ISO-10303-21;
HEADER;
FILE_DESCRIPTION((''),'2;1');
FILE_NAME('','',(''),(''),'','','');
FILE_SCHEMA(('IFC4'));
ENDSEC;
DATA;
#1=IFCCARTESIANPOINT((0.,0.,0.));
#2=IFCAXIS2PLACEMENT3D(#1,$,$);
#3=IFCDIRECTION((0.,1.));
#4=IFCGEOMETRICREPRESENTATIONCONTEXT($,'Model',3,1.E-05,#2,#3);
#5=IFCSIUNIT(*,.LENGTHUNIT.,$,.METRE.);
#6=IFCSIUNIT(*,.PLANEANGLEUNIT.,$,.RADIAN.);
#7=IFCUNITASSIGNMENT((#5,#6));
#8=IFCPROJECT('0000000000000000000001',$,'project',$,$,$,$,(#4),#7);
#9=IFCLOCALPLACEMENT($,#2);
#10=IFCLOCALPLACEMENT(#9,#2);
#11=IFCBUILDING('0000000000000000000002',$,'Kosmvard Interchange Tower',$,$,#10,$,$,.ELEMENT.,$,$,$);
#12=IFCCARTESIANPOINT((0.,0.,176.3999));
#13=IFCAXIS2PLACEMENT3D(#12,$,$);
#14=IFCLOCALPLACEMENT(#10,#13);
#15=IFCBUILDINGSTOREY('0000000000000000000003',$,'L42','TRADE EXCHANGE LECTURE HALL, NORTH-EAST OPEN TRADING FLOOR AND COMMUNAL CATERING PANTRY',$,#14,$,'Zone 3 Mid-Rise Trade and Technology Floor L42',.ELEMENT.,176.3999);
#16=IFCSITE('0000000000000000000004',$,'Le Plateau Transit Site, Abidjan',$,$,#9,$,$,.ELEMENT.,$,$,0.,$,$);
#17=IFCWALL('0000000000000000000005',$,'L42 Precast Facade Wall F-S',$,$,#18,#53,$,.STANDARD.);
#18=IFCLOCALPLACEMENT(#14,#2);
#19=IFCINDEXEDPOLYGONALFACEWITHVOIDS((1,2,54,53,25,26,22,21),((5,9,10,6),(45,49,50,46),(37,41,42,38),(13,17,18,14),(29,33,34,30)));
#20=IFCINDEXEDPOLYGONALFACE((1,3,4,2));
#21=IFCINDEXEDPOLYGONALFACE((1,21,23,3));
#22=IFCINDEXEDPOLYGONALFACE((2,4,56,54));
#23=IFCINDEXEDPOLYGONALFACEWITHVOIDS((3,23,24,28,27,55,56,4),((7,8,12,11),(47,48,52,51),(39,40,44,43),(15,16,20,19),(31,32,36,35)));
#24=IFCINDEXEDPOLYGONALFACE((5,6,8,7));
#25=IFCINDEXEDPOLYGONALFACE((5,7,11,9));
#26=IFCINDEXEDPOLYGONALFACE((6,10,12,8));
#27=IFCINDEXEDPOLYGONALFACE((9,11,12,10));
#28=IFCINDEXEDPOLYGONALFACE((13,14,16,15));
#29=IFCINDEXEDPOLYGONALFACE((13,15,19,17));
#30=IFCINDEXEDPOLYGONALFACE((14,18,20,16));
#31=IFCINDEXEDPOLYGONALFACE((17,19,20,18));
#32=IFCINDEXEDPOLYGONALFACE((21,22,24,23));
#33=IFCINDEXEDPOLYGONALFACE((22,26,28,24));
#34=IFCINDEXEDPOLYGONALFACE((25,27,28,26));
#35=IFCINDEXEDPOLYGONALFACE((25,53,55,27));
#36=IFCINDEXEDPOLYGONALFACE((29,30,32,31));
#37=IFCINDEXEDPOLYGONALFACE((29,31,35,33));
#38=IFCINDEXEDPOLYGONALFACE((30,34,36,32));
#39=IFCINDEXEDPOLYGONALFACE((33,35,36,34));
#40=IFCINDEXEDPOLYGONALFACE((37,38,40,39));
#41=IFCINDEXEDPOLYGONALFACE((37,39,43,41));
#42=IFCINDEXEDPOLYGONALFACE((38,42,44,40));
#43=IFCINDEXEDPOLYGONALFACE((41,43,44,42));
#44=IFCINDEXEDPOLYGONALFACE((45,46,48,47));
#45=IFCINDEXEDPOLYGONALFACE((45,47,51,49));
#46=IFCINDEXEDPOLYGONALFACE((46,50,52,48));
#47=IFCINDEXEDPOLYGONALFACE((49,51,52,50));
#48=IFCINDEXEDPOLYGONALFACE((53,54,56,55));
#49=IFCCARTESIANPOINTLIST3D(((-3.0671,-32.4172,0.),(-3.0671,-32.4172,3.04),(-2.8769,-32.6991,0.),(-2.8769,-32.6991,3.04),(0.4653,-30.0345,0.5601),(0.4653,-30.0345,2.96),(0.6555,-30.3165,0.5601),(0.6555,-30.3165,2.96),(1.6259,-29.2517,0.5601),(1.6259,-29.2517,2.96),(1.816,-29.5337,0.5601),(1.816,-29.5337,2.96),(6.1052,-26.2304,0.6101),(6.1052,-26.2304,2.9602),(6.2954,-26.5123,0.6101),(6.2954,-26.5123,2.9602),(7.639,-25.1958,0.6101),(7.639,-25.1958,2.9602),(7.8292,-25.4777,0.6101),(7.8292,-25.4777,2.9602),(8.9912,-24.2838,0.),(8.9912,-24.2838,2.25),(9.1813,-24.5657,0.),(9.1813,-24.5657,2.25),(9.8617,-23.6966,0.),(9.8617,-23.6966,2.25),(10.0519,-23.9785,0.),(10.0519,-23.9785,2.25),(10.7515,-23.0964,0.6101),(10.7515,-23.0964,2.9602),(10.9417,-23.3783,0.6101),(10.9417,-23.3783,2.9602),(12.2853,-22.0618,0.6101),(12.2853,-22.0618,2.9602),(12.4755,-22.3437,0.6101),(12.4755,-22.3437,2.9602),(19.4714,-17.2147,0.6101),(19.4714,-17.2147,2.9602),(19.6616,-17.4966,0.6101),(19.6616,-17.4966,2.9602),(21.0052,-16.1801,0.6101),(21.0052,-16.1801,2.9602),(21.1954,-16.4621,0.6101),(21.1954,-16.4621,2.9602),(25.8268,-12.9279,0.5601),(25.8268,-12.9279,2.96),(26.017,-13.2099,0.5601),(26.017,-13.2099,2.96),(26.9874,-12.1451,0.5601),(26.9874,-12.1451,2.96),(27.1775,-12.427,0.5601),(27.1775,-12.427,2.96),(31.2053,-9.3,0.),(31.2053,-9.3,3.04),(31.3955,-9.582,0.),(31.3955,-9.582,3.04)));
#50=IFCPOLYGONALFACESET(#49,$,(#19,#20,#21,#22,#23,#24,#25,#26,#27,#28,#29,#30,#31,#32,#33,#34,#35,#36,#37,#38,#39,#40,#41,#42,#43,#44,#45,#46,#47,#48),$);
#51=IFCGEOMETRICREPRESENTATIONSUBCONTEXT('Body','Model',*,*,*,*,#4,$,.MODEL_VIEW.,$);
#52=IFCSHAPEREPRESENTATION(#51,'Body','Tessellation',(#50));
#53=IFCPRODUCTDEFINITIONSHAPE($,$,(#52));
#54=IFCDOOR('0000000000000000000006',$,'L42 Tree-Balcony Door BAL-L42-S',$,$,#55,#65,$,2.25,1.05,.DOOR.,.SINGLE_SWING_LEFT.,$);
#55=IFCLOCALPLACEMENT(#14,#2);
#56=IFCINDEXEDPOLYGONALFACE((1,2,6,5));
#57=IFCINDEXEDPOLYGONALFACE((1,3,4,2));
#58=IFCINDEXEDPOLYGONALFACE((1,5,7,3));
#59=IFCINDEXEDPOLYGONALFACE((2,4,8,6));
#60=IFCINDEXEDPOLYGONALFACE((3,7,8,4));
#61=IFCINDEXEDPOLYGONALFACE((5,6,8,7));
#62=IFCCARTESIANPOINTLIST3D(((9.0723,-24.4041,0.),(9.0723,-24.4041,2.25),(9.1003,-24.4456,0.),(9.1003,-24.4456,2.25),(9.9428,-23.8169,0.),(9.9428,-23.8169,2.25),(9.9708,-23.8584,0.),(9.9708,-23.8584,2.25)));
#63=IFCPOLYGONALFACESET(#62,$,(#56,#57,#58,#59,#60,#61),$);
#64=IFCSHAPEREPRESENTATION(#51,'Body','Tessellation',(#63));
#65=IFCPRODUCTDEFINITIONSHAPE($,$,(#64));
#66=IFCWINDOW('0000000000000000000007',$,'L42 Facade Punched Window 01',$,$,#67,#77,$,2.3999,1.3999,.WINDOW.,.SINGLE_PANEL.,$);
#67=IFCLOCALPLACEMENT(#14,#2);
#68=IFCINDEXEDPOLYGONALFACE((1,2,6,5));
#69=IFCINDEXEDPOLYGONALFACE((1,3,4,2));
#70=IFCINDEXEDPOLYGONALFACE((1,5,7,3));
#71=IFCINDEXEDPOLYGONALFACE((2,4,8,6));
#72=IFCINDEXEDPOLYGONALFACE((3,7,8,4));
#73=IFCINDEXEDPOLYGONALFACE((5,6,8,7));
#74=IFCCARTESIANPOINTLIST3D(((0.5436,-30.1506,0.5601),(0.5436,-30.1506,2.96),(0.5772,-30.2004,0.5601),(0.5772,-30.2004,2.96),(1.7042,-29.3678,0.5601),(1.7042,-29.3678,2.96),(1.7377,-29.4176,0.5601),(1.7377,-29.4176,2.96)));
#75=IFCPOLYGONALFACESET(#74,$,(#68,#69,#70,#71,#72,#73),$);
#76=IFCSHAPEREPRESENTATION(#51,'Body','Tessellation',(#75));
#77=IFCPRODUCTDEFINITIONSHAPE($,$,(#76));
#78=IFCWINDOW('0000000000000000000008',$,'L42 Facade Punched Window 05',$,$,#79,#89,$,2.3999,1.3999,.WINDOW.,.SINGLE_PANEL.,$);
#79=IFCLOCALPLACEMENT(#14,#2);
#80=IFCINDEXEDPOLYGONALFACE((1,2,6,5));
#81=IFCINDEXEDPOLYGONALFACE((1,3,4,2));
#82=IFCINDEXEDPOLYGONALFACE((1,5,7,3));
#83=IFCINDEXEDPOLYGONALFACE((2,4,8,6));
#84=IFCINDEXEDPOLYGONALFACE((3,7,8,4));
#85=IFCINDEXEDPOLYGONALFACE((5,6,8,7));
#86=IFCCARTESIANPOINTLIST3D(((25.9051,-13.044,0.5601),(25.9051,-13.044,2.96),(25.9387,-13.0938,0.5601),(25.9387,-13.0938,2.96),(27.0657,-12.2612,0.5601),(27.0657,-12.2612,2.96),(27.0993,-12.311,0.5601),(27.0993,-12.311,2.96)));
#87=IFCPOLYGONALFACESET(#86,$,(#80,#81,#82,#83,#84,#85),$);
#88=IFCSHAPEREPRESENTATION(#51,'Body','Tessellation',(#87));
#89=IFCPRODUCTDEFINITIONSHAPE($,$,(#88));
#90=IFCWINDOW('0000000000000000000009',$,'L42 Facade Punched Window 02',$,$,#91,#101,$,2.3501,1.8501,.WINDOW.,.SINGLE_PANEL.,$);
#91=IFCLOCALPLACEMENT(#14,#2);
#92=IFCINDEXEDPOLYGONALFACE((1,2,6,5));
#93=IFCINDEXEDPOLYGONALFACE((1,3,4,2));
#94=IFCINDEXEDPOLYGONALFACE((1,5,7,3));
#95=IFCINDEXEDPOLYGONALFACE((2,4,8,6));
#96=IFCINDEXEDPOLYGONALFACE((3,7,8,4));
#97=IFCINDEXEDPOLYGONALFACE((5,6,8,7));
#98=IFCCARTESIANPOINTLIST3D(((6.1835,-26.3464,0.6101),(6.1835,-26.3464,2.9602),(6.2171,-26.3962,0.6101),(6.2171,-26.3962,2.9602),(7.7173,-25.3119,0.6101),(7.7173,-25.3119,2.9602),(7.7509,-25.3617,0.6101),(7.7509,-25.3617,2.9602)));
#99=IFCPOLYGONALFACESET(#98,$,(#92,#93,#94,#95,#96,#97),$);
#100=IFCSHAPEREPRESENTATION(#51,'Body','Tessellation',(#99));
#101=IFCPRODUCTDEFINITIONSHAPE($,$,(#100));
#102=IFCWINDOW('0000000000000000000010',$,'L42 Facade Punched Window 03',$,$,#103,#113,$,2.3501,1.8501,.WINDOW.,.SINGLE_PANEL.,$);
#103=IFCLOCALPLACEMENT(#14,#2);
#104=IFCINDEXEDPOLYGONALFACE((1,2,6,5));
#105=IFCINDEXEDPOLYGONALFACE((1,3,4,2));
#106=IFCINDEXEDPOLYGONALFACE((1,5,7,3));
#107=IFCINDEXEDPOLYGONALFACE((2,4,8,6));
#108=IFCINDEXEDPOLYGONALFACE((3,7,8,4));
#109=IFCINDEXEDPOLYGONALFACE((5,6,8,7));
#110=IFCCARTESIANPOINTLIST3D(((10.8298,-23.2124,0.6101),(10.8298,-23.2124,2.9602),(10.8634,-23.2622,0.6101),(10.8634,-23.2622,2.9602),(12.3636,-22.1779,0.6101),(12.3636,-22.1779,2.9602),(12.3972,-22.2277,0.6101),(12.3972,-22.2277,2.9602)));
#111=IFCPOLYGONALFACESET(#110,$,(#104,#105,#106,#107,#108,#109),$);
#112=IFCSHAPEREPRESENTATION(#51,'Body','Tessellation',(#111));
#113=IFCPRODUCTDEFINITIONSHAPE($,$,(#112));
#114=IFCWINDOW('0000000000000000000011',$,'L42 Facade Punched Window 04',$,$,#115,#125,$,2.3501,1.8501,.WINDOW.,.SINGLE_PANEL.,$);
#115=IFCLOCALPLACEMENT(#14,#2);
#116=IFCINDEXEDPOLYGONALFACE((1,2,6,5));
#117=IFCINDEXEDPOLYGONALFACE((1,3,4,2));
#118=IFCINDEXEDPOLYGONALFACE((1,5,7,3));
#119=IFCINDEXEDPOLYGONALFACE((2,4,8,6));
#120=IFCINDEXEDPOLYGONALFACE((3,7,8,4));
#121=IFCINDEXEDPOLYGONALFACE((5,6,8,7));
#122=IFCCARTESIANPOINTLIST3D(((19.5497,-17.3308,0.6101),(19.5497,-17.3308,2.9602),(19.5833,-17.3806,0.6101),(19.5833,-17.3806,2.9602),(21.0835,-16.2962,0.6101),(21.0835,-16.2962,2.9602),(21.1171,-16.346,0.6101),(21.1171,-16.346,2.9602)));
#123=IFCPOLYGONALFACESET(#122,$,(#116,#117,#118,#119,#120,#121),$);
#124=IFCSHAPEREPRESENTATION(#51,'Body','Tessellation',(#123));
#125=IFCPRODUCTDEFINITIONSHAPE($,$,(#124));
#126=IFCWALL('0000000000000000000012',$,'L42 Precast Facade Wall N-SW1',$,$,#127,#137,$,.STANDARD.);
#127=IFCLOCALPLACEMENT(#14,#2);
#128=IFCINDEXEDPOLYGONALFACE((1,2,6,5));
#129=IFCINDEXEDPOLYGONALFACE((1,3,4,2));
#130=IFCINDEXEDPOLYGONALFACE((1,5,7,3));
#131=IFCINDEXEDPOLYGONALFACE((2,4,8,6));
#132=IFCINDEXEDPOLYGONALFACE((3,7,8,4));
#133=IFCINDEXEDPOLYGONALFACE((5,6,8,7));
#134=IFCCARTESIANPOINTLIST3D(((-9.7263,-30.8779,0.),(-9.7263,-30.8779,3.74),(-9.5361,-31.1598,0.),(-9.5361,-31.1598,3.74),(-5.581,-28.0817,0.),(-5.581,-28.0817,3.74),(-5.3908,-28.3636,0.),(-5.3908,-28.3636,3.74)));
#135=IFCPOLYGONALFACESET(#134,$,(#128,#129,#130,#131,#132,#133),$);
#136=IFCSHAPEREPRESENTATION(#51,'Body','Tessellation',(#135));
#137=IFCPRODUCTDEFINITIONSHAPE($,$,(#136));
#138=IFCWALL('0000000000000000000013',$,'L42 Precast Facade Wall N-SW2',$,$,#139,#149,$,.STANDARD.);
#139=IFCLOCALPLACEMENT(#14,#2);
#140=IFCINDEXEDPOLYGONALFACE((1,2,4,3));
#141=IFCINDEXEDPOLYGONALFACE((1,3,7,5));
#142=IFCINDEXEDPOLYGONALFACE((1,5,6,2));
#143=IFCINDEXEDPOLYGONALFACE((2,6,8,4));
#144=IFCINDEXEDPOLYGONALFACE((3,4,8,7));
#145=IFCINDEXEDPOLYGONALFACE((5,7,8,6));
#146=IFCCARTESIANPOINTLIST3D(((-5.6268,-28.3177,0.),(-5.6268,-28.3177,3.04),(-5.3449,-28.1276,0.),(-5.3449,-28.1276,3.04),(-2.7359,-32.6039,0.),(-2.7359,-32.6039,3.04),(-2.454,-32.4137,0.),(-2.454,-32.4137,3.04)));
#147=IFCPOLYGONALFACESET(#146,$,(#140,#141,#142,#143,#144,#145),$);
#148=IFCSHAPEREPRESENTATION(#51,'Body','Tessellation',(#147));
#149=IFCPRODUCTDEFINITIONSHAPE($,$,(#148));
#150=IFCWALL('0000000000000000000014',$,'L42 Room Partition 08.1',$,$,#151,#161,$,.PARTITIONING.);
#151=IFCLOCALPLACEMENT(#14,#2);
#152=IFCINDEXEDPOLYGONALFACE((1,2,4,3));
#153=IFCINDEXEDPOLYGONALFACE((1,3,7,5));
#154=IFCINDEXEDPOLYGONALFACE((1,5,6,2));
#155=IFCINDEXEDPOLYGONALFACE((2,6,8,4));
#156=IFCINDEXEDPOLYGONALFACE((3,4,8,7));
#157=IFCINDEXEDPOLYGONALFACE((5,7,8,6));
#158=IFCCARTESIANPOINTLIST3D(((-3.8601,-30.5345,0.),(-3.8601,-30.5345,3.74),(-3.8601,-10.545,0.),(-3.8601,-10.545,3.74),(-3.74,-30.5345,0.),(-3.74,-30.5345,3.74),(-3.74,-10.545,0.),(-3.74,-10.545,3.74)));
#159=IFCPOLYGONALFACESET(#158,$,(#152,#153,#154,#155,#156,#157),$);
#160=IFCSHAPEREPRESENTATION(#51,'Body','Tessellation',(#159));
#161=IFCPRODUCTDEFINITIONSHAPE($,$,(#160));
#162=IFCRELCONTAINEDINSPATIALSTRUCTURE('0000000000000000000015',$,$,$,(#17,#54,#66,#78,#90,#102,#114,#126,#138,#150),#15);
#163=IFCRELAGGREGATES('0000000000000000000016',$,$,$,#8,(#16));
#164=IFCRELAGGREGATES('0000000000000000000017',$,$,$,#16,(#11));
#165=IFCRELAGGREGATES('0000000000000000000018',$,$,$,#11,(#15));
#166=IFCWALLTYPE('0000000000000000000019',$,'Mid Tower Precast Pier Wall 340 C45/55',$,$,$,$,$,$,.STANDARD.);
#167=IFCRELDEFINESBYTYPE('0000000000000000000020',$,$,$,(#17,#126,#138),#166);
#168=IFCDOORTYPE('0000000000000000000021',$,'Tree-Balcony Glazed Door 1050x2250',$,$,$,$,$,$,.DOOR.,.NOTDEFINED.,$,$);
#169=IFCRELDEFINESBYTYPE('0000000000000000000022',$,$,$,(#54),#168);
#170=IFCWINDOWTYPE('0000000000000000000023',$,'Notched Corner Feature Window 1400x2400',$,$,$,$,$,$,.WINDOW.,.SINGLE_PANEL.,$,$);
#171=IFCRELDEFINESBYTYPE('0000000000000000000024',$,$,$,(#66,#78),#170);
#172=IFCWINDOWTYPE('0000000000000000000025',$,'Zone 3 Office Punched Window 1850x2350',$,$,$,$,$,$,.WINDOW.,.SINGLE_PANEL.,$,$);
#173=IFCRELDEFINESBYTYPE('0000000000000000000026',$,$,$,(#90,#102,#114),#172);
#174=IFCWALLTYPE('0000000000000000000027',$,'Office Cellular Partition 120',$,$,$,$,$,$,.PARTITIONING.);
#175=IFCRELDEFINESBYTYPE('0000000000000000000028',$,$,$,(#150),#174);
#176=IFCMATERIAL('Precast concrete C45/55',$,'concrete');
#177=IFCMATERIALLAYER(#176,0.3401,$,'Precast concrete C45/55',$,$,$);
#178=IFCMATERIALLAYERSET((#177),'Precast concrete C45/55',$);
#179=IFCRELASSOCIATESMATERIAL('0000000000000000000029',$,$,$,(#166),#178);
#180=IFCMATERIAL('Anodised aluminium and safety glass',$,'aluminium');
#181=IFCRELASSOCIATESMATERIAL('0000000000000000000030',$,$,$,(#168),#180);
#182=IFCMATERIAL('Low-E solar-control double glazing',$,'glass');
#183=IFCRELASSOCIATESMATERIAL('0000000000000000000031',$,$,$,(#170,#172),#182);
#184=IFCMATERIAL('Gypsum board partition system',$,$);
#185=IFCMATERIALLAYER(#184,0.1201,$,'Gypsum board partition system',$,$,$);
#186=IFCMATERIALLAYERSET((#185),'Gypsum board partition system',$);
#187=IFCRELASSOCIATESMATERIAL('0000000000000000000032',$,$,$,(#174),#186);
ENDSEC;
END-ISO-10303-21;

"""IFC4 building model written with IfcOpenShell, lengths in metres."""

from ifc_helpers import new_model, si_unit, direction, frame, frame_2d, origin, place, context, subcontext, project, spatial, rectangle, extrude, source, transform, mapped, material, layer, layer_set, type_object, element, fill, save


model = new_model("IFC4")

# Units and contexts
model_context = context("Model", 3, precision=1e-05, world=origin(), true_north=direction((0.0, 1.0)))
body_context = subcontext(model_context, "Body", "Model", "MODEL_VIEW")
ifc_project = project(units=[si_unit("LENGTHUNIT", "METRE"), si_unit("PLANEANGLEUNIT", "RADIAN")], contexts=[model_context])

# Site, building, storey
site_placement = place(None, origin())
site = spatial("IfcSite", under=ifc_project, at=site_placement, Name="Le Plateau Transit Site, Abidjan", CompositionType="ELEMENT", RefElevation=0.0)
building_placement = place(site_placement, origin())
building = spatial("IfcBuilding", under=site, at=building_placement, Name="Kosmvard Interchange Tower", CompositionType="ELEMENT")
storey_placement = place(building_placement, frame((0.0, 0.0, 176.3999)))
storey = spatial("IfcBuildingStorey", under=building, at=storey_placement, Name="L42", Description="TRADE EXCHANGE LECTURE HALL, NORTH-EAST OPEN TRADING FLOOR AND COMMUNAL CATERING PANTRY", LongName="Zone 3 Mid-Rise Trade and Technology Floor L42", CompositionType="ELEMENT", Elevation=176.3999)

# Shared definitions
ifc_material_1 = material(Name="Precast concrete C45/55", Category="concrete")

# Wall, openings, door, windows
ifc_layer_1 = layer(ifc_material_1, 0.3401, Name="Precast concrete C45/55")
ifc_layer_set_1 = layer_set([ifc_layer_1], Name="Precast concrete C45/55")
wall_type_1 = type_object("IfcWallType", Name="Mid Tower Precast Pier Wall 340 C45/55", PredefinedType="STANDARD", material=ifc_layer_set_1)
wall_1_placement = place(storey_placement, frame((-2.9719, -32.5581, 0.0), z_axis=(0.0, 0.0, 1.0), x_axis=(0.829036, 0.559195, 0.0)))
wall_1 = element("IfcWall", 1, at=wall_1_placement, inside=storey, type_object=wall_type_1, Name="L42 Precast Facade Wall F-S", PredefinedType="STANDARD", context=body_context, shape_type="SweptSolid", body=[
    extrude(rectangle(XDim=41.3401, YDim=0.3401, at=frame_2d((20.6699, 0.0))), origin(), (0.0, 0.0, 1.0), 3.04),
])
opening_1_placement = place(wall_1_placement, frame((14.5449, 0.0, 0.0)))
opening_1 = element("IfcOpeningElement", 2, at=opening_1_placement, cuts=wall_1, PredefinedType="OPENING", context=body_context, shape_type="SweptSolid", body=[
    extrude(rectangle(XDim=1.05, YDim=2.25, at=frame_2d((0.5249, 1.125))), frame((0.0, 0.1802, 0.0), z_axis=(0.0, -1.0, 0.0), x_axis=(1.0, 0.0, 0.0)), (0.0, 0.0, 1.0), 0.3601),
])
opening_2_placement = place(wall_1_placement, frame((4.2607, 0.0, 0.5601)))
opening_2 = element("IfcOpeningElement", 3, at=opening_2_placement, cuts=wall_1, PredefinedType="OPENING", context=body_context, shape_type="SweptSolid", body=[
    extrude(rectangle(XDim=1.3999, YDim=2.3999, at=frame_2d((0.7, 1.2))), frame((0.0, 0.1802, 0.0), z_axis=(0.0, -1.0, 0.0), x_axis=(1.0, 0.0, 0.0)), (0.0, 0.0, 1.0), 0.3601),
])
opening_3_placement = place(wall_1_placement, frame((11.0637, 0.0, 0.6101)))
opening_3 = element("IfcOpeningElement", 4, at=opening_3_placement, cuts=wall_1, PredefinedType="OPENING", context=body_context, shape_type="SweptSolid", body=[
    extrude(rectangle(XDim=1.8501, YDim=2.3501, at=frame_2d((0.925, 1.175))), frame((0.0, 0.1802, 0.0), z_axis=(0.0, -1.0, 0.0), x_axis=(1.0, 0.0, 0.0)), (0.0, 0.0, 1.0), 0.3601),
])
opening_4_placement = place(wall_1_placement, frame((16.6682, 0.0, 0.6101)))
opening_4 = element("IfcOpeningElement", 5, at=opening_4_placement, cuts=wall_1, PredefinedType="OPENING", context=body_context, shape_type="SweptSolid", body=[
    extrude(rectangle(XDim=1.8501, YDim=2.3501, at=frame_2d((0.925, 1.175))), frame((0.0, 0.1802, 0.0), z_axis=(0.0, -1.0, 0.0), x_axis=(1.0, 0.0, 0.0)), (0.0, 0.0, 1.0), 0.3601),
])
opening_5_placement = place(wall_1_placement, frame((27.1863, 0.0, 0.6101)))
opening_5 = element("IfcOpeningElement", 6, at=opening_5_placement, cuts=wall_1, PredefinedType="OPENING", context=body_context, shape_type="SweptSolid", body=[
    extrude(rectangle(XDim=1.8501, YDim=2.3501, at=frame_2d((0.925, 1.175))), frame((0.0, 0.1802, 0.0), z_axis=(0.0, -1.0, 0.0), x_axis=(1.0, 0.0, 0.0)), (0.0, 0.0, 1.0), 0.3601),
])
opening_6_placement = place(wall_1_placement, frame((34.8523, 0.0, 0.5601)))
opening_6 = element("IfcOpeningElement", 7, at=opening_6_placement, cuts=wall_1, PredefinedType="OPENING", context=body_context, shape_type="SweptSolid", body=[
    extrude(rectangle(XDim=1.3999, YDim=2.3999, at=frame_2d((0.7, 1.2))), frame((0.0, 0.1802, 0.0), z_axis=(0.0, -1.0, 0.0), x_axis=(1.0, 0.0, 0.0)), (0.0, 0.0, 1.0), 0.3601),
])
ifc_material_2 = material(Name="Anodised aluminium and safety glass", Category="aluminium")
door_type = type_object("IfcDoorType", Name="Tree-Balcony Glazed Door 1050x2250", OperationType="NOTDEFINED", PredefinedType="DOOR", material=ifc_material_2)
shared_shape_1 = source(origin(), body_context, "Body", "SweptSolid", [
    extrude(rectangle(XDim=1.05, YDim=2.25, at=frame_2d((0.5249, 1.125))), frame((0.0, 0.0249, 0.0), z_axis=(0.0, -1.0, 0.0), x_axis=(1.0, 0.0, 0.0)), (0.0, 0.0, 1.0), 0.05),
])
door_placement = place(opening_1_placement, origin())
door = element("IfcDoor", 8, at=door_placement, inside=storey, type_object=door_type, Name="L42 Tree-Balcony Door BAL-L42-S", OperationType="SINGLE_SWING_LEFT", OverallHeight=2.25, OverallWidth=1.05, PredefinedType="DOOR", context=body_context, shape_type="MappedRepresentation", body=[
    mapped(shared_shape_1, transform((0.0, 0.0, 0.0), scale=1.0)),
])
fill(opening_1, door)
ifc_material_3 = material(Name="Low-E solar-control double glazing", Category="glass")
window_type_1 = type_object("IfcWindowType", Name="Notched Corner Feature Window 1400x2400", PartitioningType="SINGLE_PANEL", PredefinedType="WINDOW", material=ifc_material_3)
shared_shape_2 = source(origin(), body_context, "Body", "SweptSolid", [
    extrude(rectangle(XDim=1.3999, YDim=2.3999, at=frame_2d((0.7, 1.2))), frame((0.0, 0.03, 0.0), z_axis=(0.0, -1.0, 0.0), x_axis=(1.0, 0.0, 0.0)), (0.0, 0.0, 1.0), 0.0601),
])
window_1_placement = place(opening_2_placement, origin())
window_1 = element("IfcWindow", 9, at=window_1_placement, inside=storey, type_object=window_type_1, Name="L42 Facade Punched Window 01", OverallHeight=2.3999, OverallWidth=1.3999, PartitioningType="SINGLE_PANEL", PredefinedType="WINDOW", context=body_context, shape_type="MappedRepresentation", body=[
    mapped(shared_shape_2, transform((0.0, 0.0, 0.0), scale=1.0)),
])
fill(opening_2, window_1)
window_2_placement = place(opening_6_placement, origin())
window_2 = element("IfcWindow", 10, at=window_2_placement, inside=storey, type_object=window_type_1, Name="L42 Facade Punched Window 05", OverallHeight=2.3999, OverallWidth=1.3999, PartitioningType="SINGLE_PANEL", PredefinedType="WINDOW", context=body_context, shape_type="MappedRepresentation", body=[
    mapped(shared_shape_2, transform((0.0, 0.0, 0.0), scale=1.0)),
])
fill(opening_6, window_2)
window_type_2 = type_object("IfcWindowType", Name="Zone 3 Office Punched Window 1850x2350", PartitioningType="SINGLE_PANEL", PredefinedType="WINDOW", material=ifc_material_3)
shared_shape_3 = source(origin(), body_context, "Body", "SweptSolid", [
    extrude(rectangle(XDim=1.8501, YDim=2.3501, at=frame_2d((0.925, 1.175))), frame((0.0, 0.03, 0.0), z_axis=(0.0, -1.0, 0.0), x_axis=(1.0, 0.0, 0.0)), (0.0, 0.0, 1.0), 0.0601),
])
window_3_placement = place(opening_3_placement, origin())
window_3 = element("IfcWindow", 11, at=window_3_placement, inside=storey, type_object=window_type_2, Name="L42 Facade Punched Window 02", OverallHeight=2.3501, OverallWidth=1.8501, PartitioningType="SINGLE_PANEL", PredefinedType="WINDOW", context=body_context, shape_type="MappedRepresentation", body=[
    mapped(shared_shape_3, transform((0.0, 0.0, 0.0), scale=1.0)),
])
fill(opening_3, window_3)
window_4_placement = place(opening_4_placement, origin())
window_4 = element("IfcWindow", 12, at=window_4_placement, inside=storey, type_object=window_type_2, Name="L42 Facade Punched Window 03", OverallHeight=2.3501, OverallWidth=1.8501, PartitioningType="SINGLE_PANEL", PredefinedType="WINDOW", context=body_context, shape_type="MappedRepresentation", body=[
    mapped(shared_shape_3, transform((0.0, 0.0, 0.0), scale=1.0)),
])
fill(opening_4, window_4)
window_5_placement = place(opening_5_placement, origin())
window_5 = element("IfcWindow", 13, at=window_5_placement, inside=storey, type_object=window_type_2, Name="L42 Facade Punched Window 04", OverallHeight=2.3501, OverallWidth=1.8501, PartitioningType="SINGLE_PANEL", PredefinedType="WINDOW", context=body_context, shape_type="MappedRepresentation", body=[
    mapped(shared_shape_3, transform((0.0, 0.0, 0.0), scale=1.0)),
])
fill(opening_5, window_5)

# Walls
wall_2_placement = place(storey_placement, frame((-9.6311, -31.0188, 0.0), z_axis=(0.0, 0.0, 1.0), x_axis=(0.829026, 0.55921, 0.0)))
element("IfcWall", 14, at=wall_2_placement, inside=storey, type_object=wall_type_1, Name="L42 Precast Facade Wall N-SW1", PredefinedType="STANDARD", context=body_context, shape_type="SweptSolid", body=[
    extrude(rectangle(XDim=5.0002, YDim=0.3401, at=frame_2d((2.5, 0.0))), origin(), (0.0, 0.0, 1.0), 3.74),
])
wall_3_placement = place(storey_placement, frame((-5.4858, -28.2227, 0.0), z_axis=(0.0, 0.0, 1.0), x_axis=(0.559171, -0.829052, 0.0)))
element("IfcWall", 15, at=wall_3_placement, inside=storey, type_object=wall_type_1, Name="L42 Precast Facade Wall N-SW2", PredefinedType="STANDARD", context=body_context, shape_type="SweptSolid", body=[
    extrude(rectangle(XDim=5.1699, YDim=0.3401, at=frame_2d((2.585, 0.0))), origin(), (0.0, 0.0, 1.0), 3.04),
])
ifc_material_4 = material(Name="Gypsum board partition system")
ifc_layer_2 = layer(ifc_material_4, 0.1201, Name="Gypsum board partition system")
ifc_layer_set_2 = layer_set([ifc_layer_2], Name="Gypsum board partition system")
wall_type_2 = type_object("IfcWallType", Name="Office Cellular Partition 120", PredefinedType="PARTITIONING", material=ifc_layer_set_2)
wall_4_placement = place(storey_placement, frame((-3.8, -30.5344, 0.0), z_axis=(0.0, 0.0, 1.0), x_axis=(0.0, 1.0, 0.0)))
element("IfcWall", 16, at=wall_4_placement, inside=storey, type_object=wall_type_2, Name="L42 Room Partition 08.1", PredefinedType="PARTITIONING", context=body_context, shape_type="SweptSolid", body=[
    extrude(rectangle(XDim=19.9895, YDim=0.1201, at=frame_2d((9.9946, 0.0))), origin(), (0.0, 0.0, 1.0), 3.74),
])

save(model, "model.ifc")
